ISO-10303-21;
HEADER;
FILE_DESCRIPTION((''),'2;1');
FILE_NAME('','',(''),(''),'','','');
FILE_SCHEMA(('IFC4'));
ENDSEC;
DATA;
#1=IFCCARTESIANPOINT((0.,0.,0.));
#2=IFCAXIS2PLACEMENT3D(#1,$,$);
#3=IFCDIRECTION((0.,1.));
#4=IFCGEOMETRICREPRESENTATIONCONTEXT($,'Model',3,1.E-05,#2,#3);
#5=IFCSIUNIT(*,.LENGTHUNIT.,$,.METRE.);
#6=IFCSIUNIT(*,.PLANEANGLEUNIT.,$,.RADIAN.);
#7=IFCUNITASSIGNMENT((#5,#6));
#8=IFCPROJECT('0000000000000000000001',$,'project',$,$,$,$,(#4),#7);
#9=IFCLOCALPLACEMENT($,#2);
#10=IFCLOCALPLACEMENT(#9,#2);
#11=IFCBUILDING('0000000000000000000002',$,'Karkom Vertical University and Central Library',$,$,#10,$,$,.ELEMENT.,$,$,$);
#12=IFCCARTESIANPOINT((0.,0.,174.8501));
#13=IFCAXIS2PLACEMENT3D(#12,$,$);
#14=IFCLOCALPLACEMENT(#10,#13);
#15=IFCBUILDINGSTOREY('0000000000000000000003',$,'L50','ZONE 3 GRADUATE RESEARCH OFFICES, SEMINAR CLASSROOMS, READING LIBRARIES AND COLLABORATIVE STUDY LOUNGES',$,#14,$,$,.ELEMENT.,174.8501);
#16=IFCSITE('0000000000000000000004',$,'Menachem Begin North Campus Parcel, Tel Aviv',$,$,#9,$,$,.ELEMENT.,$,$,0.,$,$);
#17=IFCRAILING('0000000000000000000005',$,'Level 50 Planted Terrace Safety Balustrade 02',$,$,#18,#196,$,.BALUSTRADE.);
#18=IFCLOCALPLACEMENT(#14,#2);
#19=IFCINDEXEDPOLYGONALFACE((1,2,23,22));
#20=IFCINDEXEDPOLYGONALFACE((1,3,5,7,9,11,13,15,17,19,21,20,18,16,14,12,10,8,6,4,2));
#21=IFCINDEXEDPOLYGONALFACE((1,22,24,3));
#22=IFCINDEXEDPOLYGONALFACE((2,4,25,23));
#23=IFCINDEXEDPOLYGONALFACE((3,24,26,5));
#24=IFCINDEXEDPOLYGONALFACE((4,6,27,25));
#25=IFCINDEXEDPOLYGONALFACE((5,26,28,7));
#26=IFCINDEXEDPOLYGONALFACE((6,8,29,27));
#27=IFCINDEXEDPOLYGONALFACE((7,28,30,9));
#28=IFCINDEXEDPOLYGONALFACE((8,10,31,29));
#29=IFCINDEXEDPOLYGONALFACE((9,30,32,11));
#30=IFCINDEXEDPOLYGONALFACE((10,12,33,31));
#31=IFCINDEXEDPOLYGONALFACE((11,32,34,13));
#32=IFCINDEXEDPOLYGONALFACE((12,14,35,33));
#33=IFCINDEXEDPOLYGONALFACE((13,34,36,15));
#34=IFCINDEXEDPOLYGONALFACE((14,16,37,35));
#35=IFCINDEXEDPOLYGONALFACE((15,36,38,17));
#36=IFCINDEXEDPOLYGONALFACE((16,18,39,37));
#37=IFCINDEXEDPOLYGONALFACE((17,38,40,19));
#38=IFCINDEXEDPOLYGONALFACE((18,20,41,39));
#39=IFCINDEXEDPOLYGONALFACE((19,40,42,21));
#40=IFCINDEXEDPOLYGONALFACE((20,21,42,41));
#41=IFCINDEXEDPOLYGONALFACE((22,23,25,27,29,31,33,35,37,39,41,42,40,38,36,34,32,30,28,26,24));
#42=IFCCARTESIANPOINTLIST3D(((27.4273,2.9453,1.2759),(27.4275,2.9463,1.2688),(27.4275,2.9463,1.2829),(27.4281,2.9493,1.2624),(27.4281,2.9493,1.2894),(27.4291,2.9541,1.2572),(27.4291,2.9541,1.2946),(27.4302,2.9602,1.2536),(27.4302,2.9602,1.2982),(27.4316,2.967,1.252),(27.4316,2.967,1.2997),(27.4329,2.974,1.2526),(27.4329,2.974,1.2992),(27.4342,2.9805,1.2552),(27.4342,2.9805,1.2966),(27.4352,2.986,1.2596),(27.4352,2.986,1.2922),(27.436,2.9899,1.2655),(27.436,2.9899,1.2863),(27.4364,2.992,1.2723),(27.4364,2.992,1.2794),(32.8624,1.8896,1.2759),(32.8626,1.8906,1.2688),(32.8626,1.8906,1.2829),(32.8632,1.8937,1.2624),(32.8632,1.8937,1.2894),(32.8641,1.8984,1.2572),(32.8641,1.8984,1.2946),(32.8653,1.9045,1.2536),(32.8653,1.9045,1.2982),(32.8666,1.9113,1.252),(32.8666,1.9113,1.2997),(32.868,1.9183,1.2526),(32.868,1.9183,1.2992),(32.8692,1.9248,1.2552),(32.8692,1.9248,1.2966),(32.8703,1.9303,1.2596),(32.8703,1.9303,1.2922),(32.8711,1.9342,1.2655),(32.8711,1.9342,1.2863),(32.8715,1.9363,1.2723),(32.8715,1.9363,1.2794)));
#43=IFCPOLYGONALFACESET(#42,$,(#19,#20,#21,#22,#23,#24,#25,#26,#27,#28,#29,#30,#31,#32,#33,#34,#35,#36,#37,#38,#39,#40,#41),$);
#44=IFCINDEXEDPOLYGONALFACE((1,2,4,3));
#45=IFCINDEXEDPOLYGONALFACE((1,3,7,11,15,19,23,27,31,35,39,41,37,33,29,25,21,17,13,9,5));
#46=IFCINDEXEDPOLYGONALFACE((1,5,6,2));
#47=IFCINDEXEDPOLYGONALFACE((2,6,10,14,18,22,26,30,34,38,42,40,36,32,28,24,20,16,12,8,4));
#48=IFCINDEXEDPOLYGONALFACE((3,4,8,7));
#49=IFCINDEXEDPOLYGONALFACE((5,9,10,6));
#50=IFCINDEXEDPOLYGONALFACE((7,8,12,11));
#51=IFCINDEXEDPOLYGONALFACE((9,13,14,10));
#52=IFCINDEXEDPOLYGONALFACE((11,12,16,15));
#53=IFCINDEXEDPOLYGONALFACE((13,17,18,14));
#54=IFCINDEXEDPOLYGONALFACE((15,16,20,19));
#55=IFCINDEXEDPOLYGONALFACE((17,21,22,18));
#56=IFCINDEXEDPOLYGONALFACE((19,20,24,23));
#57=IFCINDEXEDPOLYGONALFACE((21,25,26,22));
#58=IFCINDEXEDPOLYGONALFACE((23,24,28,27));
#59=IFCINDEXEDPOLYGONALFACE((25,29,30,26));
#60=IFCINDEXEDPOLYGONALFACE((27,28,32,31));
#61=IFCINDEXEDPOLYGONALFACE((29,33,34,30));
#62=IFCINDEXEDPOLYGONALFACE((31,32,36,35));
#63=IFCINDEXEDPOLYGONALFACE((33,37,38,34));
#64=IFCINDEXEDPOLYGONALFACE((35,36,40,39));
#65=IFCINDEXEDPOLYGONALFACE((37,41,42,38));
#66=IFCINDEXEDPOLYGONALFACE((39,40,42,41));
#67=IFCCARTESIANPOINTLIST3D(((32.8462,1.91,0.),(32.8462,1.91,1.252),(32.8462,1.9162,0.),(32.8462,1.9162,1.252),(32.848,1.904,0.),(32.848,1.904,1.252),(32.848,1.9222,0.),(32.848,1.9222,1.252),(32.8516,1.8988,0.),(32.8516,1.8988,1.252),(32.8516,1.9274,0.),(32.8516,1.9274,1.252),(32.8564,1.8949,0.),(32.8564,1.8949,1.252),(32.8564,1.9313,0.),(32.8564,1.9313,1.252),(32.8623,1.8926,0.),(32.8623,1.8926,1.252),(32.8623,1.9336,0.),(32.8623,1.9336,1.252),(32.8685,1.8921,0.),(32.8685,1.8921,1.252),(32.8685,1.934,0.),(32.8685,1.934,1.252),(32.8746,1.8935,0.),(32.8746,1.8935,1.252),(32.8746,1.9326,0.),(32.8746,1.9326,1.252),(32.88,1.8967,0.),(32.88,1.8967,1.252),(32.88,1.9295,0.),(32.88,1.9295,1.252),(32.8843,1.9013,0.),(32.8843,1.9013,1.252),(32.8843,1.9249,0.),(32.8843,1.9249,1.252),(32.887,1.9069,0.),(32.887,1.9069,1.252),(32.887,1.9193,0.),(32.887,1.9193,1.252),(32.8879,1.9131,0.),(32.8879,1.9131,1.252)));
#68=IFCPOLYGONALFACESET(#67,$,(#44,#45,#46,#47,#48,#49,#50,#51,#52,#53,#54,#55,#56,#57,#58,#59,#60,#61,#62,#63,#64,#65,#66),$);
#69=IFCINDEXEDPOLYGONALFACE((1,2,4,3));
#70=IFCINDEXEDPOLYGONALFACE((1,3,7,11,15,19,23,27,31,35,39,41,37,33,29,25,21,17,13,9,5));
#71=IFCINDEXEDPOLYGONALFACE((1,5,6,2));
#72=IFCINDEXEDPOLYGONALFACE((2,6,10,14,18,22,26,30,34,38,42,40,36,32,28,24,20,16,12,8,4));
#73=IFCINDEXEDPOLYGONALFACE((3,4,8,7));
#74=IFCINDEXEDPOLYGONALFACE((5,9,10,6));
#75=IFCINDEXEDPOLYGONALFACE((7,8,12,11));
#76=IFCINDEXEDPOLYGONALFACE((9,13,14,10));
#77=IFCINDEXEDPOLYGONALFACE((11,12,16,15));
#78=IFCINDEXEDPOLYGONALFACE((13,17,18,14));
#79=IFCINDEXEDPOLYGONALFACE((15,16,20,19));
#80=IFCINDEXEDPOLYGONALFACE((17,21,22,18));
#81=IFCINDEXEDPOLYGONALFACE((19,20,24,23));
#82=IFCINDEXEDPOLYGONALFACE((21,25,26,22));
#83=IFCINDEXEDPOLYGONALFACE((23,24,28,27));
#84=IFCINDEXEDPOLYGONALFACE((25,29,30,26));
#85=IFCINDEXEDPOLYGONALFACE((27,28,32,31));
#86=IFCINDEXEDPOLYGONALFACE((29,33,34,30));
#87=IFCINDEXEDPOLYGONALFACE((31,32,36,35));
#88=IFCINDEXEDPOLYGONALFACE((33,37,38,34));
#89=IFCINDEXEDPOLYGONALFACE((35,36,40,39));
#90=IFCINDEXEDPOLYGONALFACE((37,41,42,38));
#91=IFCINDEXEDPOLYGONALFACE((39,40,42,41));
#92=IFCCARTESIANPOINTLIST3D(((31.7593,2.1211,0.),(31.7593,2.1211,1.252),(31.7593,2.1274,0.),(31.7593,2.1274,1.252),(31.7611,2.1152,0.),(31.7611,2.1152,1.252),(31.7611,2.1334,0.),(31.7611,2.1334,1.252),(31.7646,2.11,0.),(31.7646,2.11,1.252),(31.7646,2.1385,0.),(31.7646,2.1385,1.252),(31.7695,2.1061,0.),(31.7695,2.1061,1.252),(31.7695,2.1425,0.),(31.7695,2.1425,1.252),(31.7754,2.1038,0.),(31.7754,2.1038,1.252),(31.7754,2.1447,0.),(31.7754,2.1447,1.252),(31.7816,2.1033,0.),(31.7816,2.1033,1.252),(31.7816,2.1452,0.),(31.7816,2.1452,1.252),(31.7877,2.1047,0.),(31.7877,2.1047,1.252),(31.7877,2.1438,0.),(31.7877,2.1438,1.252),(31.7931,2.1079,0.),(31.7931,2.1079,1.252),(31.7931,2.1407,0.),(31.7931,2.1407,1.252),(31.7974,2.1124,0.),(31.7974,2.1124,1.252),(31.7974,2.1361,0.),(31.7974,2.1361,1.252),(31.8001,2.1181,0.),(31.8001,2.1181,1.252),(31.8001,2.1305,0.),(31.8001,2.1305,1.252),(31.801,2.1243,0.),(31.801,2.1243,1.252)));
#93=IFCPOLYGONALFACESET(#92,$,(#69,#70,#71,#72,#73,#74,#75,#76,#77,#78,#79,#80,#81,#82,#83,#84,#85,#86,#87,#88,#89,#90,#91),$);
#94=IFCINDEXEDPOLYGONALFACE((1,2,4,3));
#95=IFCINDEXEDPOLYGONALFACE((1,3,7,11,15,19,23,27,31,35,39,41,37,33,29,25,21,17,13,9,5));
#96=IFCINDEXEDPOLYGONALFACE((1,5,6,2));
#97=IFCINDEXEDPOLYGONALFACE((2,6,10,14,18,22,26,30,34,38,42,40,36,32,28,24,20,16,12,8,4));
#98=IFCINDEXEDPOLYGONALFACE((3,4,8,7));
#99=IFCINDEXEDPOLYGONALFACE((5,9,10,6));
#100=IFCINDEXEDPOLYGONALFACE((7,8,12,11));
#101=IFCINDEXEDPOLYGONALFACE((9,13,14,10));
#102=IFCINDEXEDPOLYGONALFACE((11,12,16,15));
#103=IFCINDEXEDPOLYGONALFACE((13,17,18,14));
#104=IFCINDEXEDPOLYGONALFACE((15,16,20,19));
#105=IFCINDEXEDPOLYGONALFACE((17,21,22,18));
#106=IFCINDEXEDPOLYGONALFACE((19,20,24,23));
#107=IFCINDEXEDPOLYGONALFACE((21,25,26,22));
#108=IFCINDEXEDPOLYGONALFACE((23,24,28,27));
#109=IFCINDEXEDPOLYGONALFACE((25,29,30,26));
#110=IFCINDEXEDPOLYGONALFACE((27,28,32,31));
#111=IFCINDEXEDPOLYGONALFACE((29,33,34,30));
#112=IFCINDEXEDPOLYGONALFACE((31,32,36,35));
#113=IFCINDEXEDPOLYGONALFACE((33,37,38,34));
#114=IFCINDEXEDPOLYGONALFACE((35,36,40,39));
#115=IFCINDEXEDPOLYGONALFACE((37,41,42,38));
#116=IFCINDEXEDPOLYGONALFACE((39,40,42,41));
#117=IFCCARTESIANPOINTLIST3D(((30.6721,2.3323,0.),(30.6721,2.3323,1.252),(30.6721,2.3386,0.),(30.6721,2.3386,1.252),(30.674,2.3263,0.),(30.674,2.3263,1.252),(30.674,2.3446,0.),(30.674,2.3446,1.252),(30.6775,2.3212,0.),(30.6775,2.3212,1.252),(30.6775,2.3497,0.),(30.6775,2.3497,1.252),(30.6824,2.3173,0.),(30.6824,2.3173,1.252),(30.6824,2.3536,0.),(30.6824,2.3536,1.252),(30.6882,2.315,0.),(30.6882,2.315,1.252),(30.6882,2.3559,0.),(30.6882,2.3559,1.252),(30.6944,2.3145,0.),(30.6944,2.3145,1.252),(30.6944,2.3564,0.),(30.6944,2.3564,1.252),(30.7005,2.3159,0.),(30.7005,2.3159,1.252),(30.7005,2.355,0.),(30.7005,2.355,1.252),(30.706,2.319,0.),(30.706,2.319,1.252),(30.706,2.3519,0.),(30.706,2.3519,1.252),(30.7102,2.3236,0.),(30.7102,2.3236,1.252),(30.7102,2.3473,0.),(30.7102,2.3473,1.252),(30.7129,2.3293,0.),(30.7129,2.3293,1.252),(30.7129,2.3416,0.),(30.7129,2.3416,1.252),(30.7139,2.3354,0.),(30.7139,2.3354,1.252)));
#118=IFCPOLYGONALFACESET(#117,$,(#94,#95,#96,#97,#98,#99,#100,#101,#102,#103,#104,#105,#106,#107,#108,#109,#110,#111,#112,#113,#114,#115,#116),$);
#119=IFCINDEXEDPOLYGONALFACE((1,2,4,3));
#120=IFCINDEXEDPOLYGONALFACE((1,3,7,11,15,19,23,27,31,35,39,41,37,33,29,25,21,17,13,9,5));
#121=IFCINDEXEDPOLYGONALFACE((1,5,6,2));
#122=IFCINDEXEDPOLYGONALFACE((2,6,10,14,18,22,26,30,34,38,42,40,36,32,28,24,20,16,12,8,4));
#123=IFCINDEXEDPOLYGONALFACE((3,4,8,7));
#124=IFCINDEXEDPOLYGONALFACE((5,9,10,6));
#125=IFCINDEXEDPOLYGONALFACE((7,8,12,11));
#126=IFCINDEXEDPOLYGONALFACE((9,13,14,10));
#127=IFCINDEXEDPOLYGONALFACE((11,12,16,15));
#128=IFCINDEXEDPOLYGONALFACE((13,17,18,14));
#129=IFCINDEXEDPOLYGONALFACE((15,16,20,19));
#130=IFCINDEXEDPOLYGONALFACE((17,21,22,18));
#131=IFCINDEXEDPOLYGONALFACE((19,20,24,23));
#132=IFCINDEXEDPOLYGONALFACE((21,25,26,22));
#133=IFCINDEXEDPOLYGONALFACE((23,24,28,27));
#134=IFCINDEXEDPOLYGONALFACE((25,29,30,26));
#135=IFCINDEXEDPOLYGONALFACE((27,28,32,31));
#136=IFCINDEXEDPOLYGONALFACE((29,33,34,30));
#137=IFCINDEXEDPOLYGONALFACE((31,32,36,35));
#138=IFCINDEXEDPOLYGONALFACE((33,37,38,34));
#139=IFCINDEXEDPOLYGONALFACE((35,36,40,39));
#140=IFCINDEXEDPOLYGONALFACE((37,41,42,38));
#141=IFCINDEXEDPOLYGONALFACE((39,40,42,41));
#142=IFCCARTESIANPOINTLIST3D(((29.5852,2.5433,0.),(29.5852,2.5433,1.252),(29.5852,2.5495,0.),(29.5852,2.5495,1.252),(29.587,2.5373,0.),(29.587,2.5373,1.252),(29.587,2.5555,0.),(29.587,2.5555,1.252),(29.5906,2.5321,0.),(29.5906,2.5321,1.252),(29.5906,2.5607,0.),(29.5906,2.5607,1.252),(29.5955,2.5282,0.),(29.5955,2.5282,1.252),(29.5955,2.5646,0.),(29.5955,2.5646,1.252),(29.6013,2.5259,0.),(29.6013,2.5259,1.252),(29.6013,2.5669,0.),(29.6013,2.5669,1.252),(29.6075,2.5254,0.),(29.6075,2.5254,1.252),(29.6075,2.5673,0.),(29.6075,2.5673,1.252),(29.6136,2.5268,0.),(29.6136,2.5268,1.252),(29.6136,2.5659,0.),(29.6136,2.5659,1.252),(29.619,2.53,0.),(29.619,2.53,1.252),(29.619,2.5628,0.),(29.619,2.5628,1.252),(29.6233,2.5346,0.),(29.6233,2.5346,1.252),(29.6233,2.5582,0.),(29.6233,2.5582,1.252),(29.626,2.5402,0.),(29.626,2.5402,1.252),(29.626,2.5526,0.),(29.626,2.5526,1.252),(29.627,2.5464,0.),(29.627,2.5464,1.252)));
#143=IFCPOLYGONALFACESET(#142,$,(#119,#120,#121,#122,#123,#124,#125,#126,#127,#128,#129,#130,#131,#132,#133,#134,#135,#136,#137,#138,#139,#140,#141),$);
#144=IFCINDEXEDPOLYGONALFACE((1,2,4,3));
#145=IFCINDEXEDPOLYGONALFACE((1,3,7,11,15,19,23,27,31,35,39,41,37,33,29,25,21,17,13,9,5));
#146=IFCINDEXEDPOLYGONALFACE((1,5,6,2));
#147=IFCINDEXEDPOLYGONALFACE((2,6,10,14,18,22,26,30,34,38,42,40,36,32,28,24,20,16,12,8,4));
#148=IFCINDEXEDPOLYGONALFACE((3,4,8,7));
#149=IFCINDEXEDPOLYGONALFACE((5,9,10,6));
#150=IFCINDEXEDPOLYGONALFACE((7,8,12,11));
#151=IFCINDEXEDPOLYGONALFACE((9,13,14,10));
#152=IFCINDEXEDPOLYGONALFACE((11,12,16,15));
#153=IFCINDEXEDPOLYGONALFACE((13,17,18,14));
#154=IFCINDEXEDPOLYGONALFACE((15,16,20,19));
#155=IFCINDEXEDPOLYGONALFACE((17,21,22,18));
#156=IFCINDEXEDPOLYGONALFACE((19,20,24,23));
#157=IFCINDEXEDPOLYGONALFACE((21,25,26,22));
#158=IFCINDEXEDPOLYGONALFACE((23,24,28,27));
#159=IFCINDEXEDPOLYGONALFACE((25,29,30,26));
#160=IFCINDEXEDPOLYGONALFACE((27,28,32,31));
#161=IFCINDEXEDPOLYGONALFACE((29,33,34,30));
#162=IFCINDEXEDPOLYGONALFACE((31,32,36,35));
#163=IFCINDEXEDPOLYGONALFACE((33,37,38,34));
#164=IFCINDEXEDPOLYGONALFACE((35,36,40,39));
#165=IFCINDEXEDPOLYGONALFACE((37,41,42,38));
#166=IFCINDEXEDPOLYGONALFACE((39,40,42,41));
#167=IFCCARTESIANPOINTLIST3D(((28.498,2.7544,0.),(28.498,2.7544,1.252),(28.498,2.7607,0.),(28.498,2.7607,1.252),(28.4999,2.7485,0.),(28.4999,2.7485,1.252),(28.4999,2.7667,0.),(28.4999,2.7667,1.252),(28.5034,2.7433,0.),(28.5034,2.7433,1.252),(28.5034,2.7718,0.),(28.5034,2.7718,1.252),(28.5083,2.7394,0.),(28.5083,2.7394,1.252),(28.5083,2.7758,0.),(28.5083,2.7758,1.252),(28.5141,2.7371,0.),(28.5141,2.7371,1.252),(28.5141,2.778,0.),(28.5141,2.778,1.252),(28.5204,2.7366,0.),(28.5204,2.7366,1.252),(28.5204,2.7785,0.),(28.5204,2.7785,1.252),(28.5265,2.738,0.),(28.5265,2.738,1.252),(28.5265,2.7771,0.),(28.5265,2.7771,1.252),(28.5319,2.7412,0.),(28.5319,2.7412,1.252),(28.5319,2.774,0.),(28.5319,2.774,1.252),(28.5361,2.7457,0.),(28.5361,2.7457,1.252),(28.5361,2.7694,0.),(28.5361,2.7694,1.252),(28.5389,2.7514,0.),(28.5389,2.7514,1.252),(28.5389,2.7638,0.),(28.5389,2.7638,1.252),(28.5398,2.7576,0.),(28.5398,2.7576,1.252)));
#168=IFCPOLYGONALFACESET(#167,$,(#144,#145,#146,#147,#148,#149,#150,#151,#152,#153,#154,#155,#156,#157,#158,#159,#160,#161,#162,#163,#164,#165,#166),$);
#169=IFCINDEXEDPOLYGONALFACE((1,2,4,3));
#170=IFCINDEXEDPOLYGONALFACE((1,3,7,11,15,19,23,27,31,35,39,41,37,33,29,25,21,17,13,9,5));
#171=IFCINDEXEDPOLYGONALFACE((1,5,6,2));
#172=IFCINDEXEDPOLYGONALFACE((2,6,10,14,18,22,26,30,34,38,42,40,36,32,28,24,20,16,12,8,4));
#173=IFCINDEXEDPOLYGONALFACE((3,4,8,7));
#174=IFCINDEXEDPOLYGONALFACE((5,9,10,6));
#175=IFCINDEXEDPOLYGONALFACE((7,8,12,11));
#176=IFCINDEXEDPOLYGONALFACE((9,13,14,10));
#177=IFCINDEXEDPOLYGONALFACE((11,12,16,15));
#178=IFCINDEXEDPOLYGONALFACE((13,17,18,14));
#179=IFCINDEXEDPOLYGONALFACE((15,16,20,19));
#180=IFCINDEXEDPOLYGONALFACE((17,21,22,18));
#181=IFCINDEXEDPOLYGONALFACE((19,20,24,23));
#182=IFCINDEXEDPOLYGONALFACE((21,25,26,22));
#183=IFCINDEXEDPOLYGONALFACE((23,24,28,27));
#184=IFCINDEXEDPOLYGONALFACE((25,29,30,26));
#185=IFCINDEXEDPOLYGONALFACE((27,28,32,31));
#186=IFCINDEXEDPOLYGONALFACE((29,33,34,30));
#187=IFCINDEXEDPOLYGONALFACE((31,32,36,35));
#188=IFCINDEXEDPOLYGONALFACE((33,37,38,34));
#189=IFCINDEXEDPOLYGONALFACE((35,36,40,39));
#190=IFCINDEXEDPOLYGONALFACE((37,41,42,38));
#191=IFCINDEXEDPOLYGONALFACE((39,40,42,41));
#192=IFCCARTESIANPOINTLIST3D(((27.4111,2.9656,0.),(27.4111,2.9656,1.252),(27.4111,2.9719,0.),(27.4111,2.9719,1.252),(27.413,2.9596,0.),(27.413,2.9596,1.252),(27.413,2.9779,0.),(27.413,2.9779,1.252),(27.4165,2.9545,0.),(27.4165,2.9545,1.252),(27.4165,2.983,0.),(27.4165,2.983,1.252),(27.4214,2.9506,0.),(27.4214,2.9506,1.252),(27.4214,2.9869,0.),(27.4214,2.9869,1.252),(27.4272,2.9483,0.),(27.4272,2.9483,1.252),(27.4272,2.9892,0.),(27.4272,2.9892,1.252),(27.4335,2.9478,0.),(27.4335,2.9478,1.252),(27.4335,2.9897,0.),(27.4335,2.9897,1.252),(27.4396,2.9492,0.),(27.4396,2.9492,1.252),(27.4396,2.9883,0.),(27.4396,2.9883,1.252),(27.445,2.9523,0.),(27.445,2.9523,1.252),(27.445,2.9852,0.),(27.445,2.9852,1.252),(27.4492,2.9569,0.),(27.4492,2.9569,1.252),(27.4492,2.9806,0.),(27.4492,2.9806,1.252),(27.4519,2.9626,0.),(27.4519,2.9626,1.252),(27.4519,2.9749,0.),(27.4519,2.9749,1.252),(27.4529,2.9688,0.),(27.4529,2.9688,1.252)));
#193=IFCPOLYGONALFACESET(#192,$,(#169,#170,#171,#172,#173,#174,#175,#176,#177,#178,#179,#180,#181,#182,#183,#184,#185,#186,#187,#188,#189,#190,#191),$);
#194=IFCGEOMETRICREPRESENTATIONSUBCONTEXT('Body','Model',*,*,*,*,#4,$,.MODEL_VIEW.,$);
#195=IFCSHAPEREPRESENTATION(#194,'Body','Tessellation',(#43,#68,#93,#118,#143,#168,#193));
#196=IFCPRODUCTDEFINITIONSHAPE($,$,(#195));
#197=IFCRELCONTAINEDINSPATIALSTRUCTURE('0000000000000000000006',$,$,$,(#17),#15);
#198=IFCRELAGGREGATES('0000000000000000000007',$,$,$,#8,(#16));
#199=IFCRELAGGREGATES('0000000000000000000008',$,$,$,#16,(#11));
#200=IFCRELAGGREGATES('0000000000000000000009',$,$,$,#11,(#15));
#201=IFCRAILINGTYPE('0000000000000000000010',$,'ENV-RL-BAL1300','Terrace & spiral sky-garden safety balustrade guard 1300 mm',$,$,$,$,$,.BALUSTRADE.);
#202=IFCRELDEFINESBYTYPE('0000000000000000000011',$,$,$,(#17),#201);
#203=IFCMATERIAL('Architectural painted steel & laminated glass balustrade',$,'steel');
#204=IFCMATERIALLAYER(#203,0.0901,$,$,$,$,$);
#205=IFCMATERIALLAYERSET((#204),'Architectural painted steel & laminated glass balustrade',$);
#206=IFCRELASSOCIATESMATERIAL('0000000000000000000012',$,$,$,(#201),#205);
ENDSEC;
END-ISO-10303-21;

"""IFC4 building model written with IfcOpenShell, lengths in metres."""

from ifc_helpers import new_model, si_unit, direction, frame, origin, origin_2d, place, context, subcontext, project, spatial, circle, extrude, material, layer, layer_set, type_object, element, save


model = new_model("IFC4")

# Units and contexts
model_context = context("Model", 3, precision=1e-05, world=origin(), true_north=direction((0.0, 1.0)))
body_context = subcontext(model_context, "Body", "Model", "MODEL_VIEW")
ifc_project = project(units=[si_unit("LENGTHUNIT", "METRE"), si_unit("PLANEANGLEUNIT", "RADIAN")], contexts=[model_context])

# Site, building, storey
site_placement = place(None, origin())
site = spatial("IfcSite", under=ifc_project, at=site_placement, Name="Menachem Begin North Campus Parcel, Tel Aviv", CompositionType="ELEMENT", RefElevation=0.0)
building_placement = place(site_placement, origin())
building = spatial("IfcBuilding", under=site, at=building_placement, Name="Karkom Vertical University and Central Library", CompositionType="ELEMENT")
storey_placement = place(building_placement, frame((0.0, 0.0, 174.8501)))
storey = spatial("IfcBuildingStorey", under=building, at=storey_placement, Name="L50", Description="ZONE 3 GRADUATE RESEARCH OFFICES, SEMINAR CLASSROOMS, READING LIBRARIES AND COLLABORATIVE STUDY LOUNGES", CompositionType="ELEMENT", Elevation=174.8501)

# Railing
ifc_material_1 = material(Name="Architectural painted steel & laminated glass balustrade", Category="steel")
ifc_layer_1 = layer(ifc_material_1, 0.0901)
ifc_layer_set_1 = layer_set([ifc_layer_1], Name="Architectural painted steel & laminated glass balustrade")
railing_type = type_object("IfcRailingType", Name="ENV-RL-BAL1300", Description="Terrace & spiral sky-garden safety balustrade guard 1300 mm", PredefinedType="BALUSTRADE", material=ifc_layer_set_1)
railing_placement = place(storey_placement, frame((32.8669, 1.9131, 0.0)))
element("IfcRailing", 1, at=railing_placement, inside=storey, type_object=railing_type, Name="Level 50 Planted Terrace Safety Balustrade 02", PredefinedType="BALUSTRADE", context=body_context, shape_type="SweptSolid", body=[
    extrude(circle(Radius=0.0239, at=origin_2d()), frame((0.0, 0.0, 1.2759), z_axis=(-0.981654, 0.190669, 0.0), x_axis=(-0.190669, -0.981654, 0.0)), (0.0, 0.0, 1.0), 5.5366),
    extrude(circle(Radius=0.021, at=origin_2d()), origin(), (0.0, 0.0, 1.0), 1.252),
    extrude(circle(Radius=0.021, at=origin_2d()), frame((-1.0869, 0.2112, 0.0)), (0.0, 0.0, 1.0), 1.252),
    extrude(circle(Radius=0.021, at=origin_2d()), frame((-2.1741, 0.4224, 0.0)), (0.0, 0.0, 1.0), 1.252),
    extrude(circle(Radius=0.021, at=origin_2d()), frame((-3.261, 0.6333, 0.0)), (0.0, 0.0, 1.0), 1.252),
    extrude(circle(Radius=0.021, at=origin_2d()), frame((-4.3481, 0.8445, 0.0)), (0.0, 0.0, 1.0), 1.252),
    extrude(circle(Radius=0.021, at=origin_2d()), frame((-5.4351, 1.0557, 0.0)), (0.0, 0.0, 1.0), 1.252),
])

save(model, "model.ifc")
